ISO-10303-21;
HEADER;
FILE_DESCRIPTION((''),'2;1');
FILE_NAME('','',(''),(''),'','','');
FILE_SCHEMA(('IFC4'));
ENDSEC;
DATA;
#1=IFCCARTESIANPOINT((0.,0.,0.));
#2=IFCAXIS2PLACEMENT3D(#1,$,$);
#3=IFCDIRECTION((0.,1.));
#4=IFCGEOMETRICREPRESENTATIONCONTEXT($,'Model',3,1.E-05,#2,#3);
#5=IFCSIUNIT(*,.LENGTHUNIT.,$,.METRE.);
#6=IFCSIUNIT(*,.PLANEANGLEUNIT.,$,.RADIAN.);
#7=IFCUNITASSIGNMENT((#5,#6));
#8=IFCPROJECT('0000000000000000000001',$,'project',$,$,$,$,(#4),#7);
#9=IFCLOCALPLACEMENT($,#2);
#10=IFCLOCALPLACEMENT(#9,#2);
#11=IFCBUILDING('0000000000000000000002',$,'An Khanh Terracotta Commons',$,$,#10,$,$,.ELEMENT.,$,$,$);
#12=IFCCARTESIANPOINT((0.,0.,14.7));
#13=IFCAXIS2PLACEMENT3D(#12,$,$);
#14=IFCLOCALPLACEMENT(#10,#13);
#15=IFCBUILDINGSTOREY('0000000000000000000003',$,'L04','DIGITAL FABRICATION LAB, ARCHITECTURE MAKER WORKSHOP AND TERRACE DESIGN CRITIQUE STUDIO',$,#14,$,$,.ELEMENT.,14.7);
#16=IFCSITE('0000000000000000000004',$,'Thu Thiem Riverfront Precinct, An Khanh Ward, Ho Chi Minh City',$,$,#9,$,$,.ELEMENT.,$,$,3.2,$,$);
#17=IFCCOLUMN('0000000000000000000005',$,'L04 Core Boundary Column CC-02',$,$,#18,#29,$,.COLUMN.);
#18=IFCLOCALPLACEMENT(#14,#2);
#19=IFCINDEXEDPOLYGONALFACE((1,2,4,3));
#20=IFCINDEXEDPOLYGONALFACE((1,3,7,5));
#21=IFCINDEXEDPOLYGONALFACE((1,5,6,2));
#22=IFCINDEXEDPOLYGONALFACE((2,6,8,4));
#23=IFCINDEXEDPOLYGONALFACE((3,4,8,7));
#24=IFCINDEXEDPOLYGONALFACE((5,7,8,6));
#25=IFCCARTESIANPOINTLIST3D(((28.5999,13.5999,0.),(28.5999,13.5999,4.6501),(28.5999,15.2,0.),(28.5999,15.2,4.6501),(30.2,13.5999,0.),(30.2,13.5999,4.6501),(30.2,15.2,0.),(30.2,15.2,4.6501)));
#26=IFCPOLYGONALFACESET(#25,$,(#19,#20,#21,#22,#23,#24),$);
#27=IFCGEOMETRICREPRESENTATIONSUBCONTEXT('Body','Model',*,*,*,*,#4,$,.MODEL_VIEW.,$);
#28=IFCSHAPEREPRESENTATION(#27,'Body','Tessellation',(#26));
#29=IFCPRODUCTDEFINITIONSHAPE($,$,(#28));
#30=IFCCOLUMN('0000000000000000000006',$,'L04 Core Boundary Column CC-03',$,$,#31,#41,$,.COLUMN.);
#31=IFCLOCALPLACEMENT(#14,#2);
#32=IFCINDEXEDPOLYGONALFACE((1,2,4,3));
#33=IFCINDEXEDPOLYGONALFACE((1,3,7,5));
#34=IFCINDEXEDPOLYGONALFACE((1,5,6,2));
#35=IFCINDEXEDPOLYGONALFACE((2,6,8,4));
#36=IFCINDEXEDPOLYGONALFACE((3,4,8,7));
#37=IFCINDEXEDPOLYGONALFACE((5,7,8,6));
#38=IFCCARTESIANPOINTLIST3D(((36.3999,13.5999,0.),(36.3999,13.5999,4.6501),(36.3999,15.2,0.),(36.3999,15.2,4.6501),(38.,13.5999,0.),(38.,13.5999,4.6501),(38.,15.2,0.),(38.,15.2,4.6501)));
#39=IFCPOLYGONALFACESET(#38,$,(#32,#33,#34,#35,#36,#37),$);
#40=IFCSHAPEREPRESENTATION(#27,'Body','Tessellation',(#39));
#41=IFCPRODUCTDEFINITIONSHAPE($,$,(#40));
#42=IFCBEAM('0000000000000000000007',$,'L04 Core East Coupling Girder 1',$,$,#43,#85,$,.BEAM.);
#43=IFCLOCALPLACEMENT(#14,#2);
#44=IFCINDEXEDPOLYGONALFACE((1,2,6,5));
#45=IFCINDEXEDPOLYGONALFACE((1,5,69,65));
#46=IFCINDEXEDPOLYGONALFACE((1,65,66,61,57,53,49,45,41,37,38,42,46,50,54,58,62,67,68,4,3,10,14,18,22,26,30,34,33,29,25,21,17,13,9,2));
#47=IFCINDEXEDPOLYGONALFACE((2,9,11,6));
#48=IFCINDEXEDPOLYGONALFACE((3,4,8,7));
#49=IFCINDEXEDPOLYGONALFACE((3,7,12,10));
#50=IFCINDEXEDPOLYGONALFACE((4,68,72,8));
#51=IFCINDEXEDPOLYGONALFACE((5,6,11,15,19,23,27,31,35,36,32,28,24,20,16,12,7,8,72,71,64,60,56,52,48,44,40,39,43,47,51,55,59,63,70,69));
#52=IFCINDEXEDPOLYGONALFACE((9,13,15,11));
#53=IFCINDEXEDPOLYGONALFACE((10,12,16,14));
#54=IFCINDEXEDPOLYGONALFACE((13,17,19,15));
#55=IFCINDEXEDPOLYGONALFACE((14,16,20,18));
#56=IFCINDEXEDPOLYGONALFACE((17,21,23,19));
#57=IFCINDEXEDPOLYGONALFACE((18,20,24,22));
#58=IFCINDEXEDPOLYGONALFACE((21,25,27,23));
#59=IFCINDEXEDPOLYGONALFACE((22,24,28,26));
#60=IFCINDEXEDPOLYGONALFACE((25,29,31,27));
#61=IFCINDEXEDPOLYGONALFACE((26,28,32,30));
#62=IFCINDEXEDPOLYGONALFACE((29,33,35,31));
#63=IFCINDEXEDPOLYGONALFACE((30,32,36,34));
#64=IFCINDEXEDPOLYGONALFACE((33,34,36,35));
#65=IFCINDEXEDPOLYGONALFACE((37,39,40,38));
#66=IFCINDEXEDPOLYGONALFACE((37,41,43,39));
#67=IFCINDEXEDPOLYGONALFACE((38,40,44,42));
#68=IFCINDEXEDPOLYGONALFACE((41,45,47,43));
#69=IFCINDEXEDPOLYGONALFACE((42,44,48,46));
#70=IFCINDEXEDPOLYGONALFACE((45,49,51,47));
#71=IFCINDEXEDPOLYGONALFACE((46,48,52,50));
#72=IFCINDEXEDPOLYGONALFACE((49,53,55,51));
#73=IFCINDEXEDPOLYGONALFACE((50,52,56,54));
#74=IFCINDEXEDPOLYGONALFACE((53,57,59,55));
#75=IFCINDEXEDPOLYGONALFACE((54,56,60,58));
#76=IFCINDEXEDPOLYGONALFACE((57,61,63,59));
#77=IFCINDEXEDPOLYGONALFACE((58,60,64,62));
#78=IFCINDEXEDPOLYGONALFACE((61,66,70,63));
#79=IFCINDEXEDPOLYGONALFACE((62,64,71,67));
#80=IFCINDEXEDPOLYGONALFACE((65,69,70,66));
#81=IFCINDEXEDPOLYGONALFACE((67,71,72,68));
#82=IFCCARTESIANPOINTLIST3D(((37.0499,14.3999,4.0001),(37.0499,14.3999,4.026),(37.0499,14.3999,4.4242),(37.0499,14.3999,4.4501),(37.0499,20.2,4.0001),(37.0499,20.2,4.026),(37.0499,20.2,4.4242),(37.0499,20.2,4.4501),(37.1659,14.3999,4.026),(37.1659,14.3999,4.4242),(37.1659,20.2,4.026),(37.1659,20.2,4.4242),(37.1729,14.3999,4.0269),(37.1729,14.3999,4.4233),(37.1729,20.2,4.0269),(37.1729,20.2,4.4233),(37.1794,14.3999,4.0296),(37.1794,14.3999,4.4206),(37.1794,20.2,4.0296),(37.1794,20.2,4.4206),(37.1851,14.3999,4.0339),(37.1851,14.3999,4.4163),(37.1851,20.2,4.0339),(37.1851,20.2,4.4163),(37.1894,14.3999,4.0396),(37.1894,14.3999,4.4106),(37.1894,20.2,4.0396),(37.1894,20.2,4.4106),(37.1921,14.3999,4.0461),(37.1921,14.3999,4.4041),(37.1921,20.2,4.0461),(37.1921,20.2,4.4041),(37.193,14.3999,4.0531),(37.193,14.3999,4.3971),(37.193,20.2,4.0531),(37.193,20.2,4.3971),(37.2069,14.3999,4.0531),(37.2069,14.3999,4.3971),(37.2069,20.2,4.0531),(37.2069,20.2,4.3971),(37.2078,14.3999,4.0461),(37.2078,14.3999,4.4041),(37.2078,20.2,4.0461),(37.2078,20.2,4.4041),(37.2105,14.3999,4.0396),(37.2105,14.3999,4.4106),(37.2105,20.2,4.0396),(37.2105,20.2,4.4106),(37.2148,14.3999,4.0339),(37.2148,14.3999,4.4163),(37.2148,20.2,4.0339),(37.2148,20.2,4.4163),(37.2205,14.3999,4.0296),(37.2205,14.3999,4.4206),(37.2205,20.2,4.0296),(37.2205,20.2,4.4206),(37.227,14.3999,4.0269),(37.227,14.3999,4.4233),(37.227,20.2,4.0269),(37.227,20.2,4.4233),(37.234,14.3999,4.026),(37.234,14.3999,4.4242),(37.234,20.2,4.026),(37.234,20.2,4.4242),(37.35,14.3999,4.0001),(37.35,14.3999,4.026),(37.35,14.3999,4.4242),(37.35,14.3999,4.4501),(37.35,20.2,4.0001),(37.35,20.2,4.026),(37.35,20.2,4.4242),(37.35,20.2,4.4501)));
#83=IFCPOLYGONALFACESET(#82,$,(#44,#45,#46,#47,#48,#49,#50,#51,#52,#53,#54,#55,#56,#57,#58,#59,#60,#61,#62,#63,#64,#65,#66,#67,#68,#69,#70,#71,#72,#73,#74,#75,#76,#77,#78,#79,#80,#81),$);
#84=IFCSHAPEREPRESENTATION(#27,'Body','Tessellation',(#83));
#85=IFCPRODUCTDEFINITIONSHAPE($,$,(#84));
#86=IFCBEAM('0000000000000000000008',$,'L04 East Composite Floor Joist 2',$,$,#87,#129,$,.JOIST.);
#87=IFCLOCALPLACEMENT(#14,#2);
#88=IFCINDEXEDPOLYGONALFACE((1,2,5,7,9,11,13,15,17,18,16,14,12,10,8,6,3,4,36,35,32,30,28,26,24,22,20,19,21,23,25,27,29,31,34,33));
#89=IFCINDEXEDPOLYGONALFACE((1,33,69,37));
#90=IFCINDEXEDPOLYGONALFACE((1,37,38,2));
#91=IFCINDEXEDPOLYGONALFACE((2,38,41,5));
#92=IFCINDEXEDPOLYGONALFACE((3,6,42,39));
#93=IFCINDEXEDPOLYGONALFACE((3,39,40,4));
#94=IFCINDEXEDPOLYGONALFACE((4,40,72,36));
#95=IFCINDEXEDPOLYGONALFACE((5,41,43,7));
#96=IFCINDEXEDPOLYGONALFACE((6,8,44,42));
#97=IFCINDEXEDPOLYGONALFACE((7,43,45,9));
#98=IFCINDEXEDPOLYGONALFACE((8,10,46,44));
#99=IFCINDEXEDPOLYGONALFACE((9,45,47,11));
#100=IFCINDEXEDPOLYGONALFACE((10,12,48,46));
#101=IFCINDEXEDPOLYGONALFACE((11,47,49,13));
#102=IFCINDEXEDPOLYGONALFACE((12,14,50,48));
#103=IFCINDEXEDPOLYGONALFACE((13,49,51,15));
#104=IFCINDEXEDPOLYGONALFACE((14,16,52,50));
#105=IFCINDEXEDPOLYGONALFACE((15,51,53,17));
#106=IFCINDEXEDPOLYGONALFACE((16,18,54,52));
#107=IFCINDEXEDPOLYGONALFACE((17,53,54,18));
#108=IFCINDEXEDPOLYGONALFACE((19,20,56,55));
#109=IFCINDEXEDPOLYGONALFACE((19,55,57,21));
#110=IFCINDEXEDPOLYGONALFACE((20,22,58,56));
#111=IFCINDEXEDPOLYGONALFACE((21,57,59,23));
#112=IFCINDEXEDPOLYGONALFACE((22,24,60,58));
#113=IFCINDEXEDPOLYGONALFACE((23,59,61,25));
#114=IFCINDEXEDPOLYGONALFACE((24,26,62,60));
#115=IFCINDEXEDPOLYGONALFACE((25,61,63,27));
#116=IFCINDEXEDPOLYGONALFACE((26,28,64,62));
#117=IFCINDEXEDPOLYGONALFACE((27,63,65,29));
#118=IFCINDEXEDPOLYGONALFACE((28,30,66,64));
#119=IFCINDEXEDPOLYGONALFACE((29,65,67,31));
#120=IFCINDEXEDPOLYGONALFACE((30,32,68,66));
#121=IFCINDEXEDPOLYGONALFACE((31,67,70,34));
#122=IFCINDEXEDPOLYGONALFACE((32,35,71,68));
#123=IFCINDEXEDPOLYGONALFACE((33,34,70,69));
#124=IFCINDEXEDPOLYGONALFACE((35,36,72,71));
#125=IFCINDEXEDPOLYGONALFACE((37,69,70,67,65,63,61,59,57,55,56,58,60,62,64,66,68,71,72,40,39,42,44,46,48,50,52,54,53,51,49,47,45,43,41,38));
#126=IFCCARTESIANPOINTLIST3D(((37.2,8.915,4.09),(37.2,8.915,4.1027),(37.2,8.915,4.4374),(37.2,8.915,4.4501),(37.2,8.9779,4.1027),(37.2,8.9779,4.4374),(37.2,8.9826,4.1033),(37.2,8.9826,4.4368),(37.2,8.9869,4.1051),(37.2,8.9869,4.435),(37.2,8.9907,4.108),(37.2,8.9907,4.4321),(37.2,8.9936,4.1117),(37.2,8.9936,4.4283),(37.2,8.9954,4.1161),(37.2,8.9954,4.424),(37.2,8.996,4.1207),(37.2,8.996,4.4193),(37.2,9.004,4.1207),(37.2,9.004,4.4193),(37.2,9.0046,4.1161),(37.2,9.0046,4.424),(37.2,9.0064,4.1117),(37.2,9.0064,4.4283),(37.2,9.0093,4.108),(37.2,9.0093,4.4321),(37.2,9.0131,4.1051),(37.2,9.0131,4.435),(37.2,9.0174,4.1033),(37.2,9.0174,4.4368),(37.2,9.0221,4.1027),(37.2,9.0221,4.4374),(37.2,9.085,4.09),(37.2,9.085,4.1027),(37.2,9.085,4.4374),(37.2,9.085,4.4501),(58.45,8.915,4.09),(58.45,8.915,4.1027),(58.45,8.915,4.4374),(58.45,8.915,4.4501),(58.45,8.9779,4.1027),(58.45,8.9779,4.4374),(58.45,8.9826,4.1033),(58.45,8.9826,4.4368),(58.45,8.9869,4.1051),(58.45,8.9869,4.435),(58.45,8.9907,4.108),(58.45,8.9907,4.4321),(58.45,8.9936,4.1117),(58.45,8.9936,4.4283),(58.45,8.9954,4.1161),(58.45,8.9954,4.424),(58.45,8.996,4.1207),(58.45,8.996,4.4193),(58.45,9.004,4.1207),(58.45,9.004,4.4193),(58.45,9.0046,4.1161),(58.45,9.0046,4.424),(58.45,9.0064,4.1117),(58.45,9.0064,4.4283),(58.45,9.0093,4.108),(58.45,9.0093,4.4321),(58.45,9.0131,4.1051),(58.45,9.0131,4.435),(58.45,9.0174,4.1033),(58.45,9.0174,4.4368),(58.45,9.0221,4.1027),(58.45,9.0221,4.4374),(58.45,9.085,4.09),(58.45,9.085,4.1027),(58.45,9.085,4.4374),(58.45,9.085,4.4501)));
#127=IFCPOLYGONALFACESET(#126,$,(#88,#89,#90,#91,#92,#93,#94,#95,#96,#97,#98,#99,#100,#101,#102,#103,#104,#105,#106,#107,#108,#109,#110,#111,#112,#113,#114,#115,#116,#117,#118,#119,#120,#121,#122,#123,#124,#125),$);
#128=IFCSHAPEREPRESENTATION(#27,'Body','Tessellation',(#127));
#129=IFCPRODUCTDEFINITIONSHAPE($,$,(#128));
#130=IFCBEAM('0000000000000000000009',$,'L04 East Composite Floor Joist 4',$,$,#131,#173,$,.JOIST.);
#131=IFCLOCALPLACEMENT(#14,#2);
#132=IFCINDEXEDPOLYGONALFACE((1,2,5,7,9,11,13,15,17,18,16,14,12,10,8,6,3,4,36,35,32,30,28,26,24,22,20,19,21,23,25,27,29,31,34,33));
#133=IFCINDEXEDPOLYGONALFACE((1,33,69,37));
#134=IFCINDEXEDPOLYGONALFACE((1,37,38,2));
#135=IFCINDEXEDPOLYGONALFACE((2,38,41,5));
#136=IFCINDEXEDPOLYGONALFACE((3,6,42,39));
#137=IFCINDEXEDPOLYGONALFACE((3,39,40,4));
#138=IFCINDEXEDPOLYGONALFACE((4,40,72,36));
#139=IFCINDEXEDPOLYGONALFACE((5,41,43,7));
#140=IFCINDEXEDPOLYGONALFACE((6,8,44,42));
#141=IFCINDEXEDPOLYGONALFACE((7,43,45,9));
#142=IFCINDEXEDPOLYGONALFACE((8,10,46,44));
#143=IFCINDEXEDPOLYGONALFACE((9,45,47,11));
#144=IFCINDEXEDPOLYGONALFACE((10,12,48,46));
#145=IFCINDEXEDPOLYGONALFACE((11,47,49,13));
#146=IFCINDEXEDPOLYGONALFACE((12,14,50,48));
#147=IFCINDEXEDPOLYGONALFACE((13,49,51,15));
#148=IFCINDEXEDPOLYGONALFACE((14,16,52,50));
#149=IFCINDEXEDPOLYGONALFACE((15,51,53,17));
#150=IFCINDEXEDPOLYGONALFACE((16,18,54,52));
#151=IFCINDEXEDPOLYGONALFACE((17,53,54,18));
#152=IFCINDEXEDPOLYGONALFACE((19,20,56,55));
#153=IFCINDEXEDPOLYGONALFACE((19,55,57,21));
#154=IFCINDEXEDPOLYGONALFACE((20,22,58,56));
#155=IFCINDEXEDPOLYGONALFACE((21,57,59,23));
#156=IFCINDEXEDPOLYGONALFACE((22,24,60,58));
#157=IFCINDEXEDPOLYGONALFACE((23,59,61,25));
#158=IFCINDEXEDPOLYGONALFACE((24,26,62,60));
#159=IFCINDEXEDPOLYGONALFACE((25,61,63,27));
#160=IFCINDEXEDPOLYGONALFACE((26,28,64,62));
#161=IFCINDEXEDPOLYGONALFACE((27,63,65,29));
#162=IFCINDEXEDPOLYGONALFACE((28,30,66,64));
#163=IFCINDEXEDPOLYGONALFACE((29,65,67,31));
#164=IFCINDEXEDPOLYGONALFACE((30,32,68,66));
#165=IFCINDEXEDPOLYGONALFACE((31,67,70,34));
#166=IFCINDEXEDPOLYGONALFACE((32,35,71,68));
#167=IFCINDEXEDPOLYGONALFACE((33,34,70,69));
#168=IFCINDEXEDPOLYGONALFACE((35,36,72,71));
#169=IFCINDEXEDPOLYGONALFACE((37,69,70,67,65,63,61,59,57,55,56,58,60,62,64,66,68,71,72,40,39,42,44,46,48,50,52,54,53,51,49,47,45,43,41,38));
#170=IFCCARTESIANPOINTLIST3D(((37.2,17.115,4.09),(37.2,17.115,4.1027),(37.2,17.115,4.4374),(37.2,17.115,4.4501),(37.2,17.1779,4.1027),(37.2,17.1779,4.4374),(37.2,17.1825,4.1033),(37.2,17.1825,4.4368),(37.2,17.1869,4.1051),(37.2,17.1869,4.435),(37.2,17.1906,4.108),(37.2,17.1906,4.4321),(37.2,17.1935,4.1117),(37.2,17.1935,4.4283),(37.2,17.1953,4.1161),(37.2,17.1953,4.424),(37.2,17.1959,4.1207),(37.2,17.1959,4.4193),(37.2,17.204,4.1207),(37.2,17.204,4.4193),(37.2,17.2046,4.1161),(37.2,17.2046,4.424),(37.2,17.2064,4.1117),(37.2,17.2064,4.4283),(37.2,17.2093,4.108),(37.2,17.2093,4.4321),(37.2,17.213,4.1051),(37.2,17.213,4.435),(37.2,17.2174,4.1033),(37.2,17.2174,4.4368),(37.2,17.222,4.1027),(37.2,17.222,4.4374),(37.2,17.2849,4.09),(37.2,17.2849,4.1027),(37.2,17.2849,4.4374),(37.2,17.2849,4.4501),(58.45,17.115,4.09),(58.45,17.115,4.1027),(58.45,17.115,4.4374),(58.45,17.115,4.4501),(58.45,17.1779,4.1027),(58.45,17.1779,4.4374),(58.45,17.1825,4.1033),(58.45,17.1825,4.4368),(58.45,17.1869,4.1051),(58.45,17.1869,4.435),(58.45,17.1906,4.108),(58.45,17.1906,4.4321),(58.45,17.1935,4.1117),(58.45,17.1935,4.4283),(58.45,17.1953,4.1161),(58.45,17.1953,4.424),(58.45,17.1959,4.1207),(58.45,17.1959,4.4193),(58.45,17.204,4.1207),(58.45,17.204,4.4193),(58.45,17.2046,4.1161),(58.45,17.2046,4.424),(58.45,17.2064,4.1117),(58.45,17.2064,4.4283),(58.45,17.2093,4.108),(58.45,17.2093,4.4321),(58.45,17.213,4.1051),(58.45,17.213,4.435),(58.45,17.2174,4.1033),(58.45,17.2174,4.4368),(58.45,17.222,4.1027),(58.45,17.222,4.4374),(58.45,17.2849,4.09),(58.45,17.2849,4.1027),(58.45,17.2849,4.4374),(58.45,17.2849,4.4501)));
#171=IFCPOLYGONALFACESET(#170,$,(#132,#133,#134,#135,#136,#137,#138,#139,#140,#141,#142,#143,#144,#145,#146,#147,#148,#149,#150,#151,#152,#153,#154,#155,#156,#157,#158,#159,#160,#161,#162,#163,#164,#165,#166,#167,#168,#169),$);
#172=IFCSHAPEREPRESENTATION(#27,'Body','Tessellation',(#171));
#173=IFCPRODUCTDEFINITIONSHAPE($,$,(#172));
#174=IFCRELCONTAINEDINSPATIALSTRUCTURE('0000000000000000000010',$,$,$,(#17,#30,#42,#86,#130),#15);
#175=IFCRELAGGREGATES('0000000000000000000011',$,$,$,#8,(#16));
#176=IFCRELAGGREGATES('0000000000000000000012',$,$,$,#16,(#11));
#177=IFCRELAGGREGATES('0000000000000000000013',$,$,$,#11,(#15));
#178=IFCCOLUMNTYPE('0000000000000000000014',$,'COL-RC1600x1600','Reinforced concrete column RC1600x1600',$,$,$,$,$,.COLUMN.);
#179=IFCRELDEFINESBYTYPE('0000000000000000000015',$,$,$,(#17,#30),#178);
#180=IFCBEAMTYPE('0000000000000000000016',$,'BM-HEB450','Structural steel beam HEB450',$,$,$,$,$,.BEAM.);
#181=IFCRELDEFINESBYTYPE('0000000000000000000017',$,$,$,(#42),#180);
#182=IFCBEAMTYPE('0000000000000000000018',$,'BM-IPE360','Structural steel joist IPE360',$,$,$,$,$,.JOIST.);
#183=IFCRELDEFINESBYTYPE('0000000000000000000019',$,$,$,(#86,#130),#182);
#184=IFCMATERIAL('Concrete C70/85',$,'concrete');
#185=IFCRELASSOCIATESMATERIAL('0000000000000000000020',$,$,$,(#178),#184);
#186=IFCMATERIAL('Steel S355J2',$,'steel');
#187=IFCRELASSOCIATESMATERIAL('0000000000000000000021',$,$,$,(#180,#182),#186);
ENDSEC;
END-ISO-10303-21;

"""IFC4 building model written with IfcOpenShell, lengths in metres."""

from ifc_helpers import new_model, si_unit, direction, frame, origin, origin_2d, place, context, subcontext, project, spatial, rectangle, i_section, extrude, material, material_profile, profile_set, type_object, element, save


model = new_model("IFC4")

# Units and contexts
model_context = context("Model", 3, precision=1e-05, world=origin(), true_north=direction((0.0, 1.0)))
body_context = subcontext(model_context, "Body", "Model", "MODEL_VIEW")
ifc_project = project(units=[si_unit("LENGTHUNIT", "METRE"), si_unit("PLANEANGLEUNIT", "RADIAN")], contexts=[model_context])

# Site, building, storey
site_placement = place(None, origin())
site = spatial("IfcSite", under=ifc_project, at=site_placement, Name="Thu Thiem Riverfront Precinct, An Khanh Ward, Ho Chi Minh City", CompositionType="ELEMENT", RefElevation=3.2)
building_placement = place(site_placement, origin())
building = spatial("IfcBuilding", under=site, at=building_placement, Name="An Khanh Terracotta Commons", CompositionType="ELEMENT")
storey_placement = place(building_placement, frame((0.0, 0.0, 14.7)))
storey = spatial("IfcBuildingStorey", under=building, at=storey_placement, Name="L04", Description="DIGITAL FABRICATION LAB, ARCHITECTURE MAKER WORKSHOP AND TERRACE DESIGN CRITIQUE STUDIO", CompositionType="ELEMENT", Elevation=14.7)

# Columns
ifc_material_1 = material(Name="Concrete C70/85", Category="concrete")
ifc_material_profile_1 = material_profile(ifc_material_1, rectangle(XDim=1.6001, YDim=1.6001, at=origin_2d()), Name="RC1600x1600")
ifc_profile_set_1 = profile_set([ifc_material_profile_1], Name="Concrete C70/85")
column_type = type_object("IfcColumnType", Name="COL-RC1600x1600", Description="Reinforced concrete column RC1600x1600", PredefinedType="COLUMN", material=ifc_profile_set_1)
for number, where, z_axis, x_axis, name in (
    (1, (29.3999, 14.3999, 0.0), (0.0, 0.0, 1.0), (1.0, 0.0, 0.0), "L04 Core Boundary Column CC-02"),
    (2, (37.2, 14.3999, 0.0), (0.0, 0.0, 1.0), (1.0, 0.0, 0.0), "L04 Core Boundary Column CC-03"),
):
    element("IfcColumn", number, at=place(storey_placement, frame(where, z_axis=z_axis, x_axis=x_axis)), inside=storey, type_object=column_type, Name=name, PredefinedType="COLUMN", context=body_context, shape_type="SweptSolid", body=[
        extrude(rectangle(XDim=1.6001, YDim=1.6001, at=origin_2d()), origin(), (0.0, 0.0, 1.0), 4.6501),
    ])

# Beams
ifc_material_2 = material(Name="Steel S355J2", Category="steel")
ifc_material_profile_2 = material_profile(ifc_material_2, i_section(OverallWidth=0.3, OverallDepth=0.45, WebThickness=0.0139, FlangeThickness=0.0259, FilletRadius=0.0271, at=origin_2d()), Name="HEB450")
ifc_profile_set_2 = profile_set([ifc_material_profile_2], Name="Steel S355J2")
beam_type_1 = type_object("IfcBeamType", Name="BM-HEB450", Description="Structural steel beam HEB450", PredefinedType="BEAM", material=ifc_profile_set_2)
beam_placement = place(storey_placement, frame((37.2, 14.3999, 4.2251), z_axis=(0.0, 1.0, 0.0), x_axis=(-1.0, 0.0, 0.0)))
element("IfcBeam", 3, at=beam_placement, inside=storey, type_object=beam_type_1, Name="L04 Core East Coupling Girder 1", PredefinedType="BEAM", context=body_context, shape_type="SweptSolid", body=[
    extrude(i_section(OverallWidth=0.3, OverallDepth=0.45, WebThickness=0.0139, FlangeThickness=0.0259, FilletRadius=0.0271, at=origin_2d()), origin(), (0.0, 0.0, 1.0), 5.8),
])
ifc_material_profile_3 = material_profile(ifc_material_2, i_section(OverallWidth=0.1699, OverallDepth=0.3601, WebThickness=0.0081, FlangeThickness=0.0127, FilletRadius=0.0181, at=origin_2d()), Name="IPE360")
ifc_profile_set_3 = profile_set([ifc_material_profile_3], Name="Steel S355J2")
beam_type_2 = type_object("IfcBeamType", Name="BM-IPE360", Description="Structural steel joist IPE360", PredefinedType="JOIST", material=ifc_profile_set_3)
for number, where, z_axis, x_axis, name in (
    (4, (37.2, 9.0, 4.27), (1.0, 0.0, 0.0), (0.0, 1.0, 0.0), "L04 East Composite Floor Joist 2"),
    (5, (37.2, 17.2, 4.27), (1.0, 0.0, 0.0), (0.0, 1.0, 0.0), "L04 East Composite Floor Joist 4"),
):
    element("IfcBeam", number, at=place(storey_placement, frame(where, z_axis=z_axis, x_axis=x_axis)), inside=storey, type_object=beam_type_2, Name=name, PredefinedType="JOIST", context=body_context, shape_type="SweptSolid", body=[
        extrude(i_section(OverallWidth=0.1699, OverallDepth=0.3601, WebThickness=0.0081, FlangeThickness=0.0127, FilletRadius=0.0181, at=origin_2d()), origin(), (0.0, 0.0, 1.0), 21.25),
    ])

save(model, "model.ifc")
